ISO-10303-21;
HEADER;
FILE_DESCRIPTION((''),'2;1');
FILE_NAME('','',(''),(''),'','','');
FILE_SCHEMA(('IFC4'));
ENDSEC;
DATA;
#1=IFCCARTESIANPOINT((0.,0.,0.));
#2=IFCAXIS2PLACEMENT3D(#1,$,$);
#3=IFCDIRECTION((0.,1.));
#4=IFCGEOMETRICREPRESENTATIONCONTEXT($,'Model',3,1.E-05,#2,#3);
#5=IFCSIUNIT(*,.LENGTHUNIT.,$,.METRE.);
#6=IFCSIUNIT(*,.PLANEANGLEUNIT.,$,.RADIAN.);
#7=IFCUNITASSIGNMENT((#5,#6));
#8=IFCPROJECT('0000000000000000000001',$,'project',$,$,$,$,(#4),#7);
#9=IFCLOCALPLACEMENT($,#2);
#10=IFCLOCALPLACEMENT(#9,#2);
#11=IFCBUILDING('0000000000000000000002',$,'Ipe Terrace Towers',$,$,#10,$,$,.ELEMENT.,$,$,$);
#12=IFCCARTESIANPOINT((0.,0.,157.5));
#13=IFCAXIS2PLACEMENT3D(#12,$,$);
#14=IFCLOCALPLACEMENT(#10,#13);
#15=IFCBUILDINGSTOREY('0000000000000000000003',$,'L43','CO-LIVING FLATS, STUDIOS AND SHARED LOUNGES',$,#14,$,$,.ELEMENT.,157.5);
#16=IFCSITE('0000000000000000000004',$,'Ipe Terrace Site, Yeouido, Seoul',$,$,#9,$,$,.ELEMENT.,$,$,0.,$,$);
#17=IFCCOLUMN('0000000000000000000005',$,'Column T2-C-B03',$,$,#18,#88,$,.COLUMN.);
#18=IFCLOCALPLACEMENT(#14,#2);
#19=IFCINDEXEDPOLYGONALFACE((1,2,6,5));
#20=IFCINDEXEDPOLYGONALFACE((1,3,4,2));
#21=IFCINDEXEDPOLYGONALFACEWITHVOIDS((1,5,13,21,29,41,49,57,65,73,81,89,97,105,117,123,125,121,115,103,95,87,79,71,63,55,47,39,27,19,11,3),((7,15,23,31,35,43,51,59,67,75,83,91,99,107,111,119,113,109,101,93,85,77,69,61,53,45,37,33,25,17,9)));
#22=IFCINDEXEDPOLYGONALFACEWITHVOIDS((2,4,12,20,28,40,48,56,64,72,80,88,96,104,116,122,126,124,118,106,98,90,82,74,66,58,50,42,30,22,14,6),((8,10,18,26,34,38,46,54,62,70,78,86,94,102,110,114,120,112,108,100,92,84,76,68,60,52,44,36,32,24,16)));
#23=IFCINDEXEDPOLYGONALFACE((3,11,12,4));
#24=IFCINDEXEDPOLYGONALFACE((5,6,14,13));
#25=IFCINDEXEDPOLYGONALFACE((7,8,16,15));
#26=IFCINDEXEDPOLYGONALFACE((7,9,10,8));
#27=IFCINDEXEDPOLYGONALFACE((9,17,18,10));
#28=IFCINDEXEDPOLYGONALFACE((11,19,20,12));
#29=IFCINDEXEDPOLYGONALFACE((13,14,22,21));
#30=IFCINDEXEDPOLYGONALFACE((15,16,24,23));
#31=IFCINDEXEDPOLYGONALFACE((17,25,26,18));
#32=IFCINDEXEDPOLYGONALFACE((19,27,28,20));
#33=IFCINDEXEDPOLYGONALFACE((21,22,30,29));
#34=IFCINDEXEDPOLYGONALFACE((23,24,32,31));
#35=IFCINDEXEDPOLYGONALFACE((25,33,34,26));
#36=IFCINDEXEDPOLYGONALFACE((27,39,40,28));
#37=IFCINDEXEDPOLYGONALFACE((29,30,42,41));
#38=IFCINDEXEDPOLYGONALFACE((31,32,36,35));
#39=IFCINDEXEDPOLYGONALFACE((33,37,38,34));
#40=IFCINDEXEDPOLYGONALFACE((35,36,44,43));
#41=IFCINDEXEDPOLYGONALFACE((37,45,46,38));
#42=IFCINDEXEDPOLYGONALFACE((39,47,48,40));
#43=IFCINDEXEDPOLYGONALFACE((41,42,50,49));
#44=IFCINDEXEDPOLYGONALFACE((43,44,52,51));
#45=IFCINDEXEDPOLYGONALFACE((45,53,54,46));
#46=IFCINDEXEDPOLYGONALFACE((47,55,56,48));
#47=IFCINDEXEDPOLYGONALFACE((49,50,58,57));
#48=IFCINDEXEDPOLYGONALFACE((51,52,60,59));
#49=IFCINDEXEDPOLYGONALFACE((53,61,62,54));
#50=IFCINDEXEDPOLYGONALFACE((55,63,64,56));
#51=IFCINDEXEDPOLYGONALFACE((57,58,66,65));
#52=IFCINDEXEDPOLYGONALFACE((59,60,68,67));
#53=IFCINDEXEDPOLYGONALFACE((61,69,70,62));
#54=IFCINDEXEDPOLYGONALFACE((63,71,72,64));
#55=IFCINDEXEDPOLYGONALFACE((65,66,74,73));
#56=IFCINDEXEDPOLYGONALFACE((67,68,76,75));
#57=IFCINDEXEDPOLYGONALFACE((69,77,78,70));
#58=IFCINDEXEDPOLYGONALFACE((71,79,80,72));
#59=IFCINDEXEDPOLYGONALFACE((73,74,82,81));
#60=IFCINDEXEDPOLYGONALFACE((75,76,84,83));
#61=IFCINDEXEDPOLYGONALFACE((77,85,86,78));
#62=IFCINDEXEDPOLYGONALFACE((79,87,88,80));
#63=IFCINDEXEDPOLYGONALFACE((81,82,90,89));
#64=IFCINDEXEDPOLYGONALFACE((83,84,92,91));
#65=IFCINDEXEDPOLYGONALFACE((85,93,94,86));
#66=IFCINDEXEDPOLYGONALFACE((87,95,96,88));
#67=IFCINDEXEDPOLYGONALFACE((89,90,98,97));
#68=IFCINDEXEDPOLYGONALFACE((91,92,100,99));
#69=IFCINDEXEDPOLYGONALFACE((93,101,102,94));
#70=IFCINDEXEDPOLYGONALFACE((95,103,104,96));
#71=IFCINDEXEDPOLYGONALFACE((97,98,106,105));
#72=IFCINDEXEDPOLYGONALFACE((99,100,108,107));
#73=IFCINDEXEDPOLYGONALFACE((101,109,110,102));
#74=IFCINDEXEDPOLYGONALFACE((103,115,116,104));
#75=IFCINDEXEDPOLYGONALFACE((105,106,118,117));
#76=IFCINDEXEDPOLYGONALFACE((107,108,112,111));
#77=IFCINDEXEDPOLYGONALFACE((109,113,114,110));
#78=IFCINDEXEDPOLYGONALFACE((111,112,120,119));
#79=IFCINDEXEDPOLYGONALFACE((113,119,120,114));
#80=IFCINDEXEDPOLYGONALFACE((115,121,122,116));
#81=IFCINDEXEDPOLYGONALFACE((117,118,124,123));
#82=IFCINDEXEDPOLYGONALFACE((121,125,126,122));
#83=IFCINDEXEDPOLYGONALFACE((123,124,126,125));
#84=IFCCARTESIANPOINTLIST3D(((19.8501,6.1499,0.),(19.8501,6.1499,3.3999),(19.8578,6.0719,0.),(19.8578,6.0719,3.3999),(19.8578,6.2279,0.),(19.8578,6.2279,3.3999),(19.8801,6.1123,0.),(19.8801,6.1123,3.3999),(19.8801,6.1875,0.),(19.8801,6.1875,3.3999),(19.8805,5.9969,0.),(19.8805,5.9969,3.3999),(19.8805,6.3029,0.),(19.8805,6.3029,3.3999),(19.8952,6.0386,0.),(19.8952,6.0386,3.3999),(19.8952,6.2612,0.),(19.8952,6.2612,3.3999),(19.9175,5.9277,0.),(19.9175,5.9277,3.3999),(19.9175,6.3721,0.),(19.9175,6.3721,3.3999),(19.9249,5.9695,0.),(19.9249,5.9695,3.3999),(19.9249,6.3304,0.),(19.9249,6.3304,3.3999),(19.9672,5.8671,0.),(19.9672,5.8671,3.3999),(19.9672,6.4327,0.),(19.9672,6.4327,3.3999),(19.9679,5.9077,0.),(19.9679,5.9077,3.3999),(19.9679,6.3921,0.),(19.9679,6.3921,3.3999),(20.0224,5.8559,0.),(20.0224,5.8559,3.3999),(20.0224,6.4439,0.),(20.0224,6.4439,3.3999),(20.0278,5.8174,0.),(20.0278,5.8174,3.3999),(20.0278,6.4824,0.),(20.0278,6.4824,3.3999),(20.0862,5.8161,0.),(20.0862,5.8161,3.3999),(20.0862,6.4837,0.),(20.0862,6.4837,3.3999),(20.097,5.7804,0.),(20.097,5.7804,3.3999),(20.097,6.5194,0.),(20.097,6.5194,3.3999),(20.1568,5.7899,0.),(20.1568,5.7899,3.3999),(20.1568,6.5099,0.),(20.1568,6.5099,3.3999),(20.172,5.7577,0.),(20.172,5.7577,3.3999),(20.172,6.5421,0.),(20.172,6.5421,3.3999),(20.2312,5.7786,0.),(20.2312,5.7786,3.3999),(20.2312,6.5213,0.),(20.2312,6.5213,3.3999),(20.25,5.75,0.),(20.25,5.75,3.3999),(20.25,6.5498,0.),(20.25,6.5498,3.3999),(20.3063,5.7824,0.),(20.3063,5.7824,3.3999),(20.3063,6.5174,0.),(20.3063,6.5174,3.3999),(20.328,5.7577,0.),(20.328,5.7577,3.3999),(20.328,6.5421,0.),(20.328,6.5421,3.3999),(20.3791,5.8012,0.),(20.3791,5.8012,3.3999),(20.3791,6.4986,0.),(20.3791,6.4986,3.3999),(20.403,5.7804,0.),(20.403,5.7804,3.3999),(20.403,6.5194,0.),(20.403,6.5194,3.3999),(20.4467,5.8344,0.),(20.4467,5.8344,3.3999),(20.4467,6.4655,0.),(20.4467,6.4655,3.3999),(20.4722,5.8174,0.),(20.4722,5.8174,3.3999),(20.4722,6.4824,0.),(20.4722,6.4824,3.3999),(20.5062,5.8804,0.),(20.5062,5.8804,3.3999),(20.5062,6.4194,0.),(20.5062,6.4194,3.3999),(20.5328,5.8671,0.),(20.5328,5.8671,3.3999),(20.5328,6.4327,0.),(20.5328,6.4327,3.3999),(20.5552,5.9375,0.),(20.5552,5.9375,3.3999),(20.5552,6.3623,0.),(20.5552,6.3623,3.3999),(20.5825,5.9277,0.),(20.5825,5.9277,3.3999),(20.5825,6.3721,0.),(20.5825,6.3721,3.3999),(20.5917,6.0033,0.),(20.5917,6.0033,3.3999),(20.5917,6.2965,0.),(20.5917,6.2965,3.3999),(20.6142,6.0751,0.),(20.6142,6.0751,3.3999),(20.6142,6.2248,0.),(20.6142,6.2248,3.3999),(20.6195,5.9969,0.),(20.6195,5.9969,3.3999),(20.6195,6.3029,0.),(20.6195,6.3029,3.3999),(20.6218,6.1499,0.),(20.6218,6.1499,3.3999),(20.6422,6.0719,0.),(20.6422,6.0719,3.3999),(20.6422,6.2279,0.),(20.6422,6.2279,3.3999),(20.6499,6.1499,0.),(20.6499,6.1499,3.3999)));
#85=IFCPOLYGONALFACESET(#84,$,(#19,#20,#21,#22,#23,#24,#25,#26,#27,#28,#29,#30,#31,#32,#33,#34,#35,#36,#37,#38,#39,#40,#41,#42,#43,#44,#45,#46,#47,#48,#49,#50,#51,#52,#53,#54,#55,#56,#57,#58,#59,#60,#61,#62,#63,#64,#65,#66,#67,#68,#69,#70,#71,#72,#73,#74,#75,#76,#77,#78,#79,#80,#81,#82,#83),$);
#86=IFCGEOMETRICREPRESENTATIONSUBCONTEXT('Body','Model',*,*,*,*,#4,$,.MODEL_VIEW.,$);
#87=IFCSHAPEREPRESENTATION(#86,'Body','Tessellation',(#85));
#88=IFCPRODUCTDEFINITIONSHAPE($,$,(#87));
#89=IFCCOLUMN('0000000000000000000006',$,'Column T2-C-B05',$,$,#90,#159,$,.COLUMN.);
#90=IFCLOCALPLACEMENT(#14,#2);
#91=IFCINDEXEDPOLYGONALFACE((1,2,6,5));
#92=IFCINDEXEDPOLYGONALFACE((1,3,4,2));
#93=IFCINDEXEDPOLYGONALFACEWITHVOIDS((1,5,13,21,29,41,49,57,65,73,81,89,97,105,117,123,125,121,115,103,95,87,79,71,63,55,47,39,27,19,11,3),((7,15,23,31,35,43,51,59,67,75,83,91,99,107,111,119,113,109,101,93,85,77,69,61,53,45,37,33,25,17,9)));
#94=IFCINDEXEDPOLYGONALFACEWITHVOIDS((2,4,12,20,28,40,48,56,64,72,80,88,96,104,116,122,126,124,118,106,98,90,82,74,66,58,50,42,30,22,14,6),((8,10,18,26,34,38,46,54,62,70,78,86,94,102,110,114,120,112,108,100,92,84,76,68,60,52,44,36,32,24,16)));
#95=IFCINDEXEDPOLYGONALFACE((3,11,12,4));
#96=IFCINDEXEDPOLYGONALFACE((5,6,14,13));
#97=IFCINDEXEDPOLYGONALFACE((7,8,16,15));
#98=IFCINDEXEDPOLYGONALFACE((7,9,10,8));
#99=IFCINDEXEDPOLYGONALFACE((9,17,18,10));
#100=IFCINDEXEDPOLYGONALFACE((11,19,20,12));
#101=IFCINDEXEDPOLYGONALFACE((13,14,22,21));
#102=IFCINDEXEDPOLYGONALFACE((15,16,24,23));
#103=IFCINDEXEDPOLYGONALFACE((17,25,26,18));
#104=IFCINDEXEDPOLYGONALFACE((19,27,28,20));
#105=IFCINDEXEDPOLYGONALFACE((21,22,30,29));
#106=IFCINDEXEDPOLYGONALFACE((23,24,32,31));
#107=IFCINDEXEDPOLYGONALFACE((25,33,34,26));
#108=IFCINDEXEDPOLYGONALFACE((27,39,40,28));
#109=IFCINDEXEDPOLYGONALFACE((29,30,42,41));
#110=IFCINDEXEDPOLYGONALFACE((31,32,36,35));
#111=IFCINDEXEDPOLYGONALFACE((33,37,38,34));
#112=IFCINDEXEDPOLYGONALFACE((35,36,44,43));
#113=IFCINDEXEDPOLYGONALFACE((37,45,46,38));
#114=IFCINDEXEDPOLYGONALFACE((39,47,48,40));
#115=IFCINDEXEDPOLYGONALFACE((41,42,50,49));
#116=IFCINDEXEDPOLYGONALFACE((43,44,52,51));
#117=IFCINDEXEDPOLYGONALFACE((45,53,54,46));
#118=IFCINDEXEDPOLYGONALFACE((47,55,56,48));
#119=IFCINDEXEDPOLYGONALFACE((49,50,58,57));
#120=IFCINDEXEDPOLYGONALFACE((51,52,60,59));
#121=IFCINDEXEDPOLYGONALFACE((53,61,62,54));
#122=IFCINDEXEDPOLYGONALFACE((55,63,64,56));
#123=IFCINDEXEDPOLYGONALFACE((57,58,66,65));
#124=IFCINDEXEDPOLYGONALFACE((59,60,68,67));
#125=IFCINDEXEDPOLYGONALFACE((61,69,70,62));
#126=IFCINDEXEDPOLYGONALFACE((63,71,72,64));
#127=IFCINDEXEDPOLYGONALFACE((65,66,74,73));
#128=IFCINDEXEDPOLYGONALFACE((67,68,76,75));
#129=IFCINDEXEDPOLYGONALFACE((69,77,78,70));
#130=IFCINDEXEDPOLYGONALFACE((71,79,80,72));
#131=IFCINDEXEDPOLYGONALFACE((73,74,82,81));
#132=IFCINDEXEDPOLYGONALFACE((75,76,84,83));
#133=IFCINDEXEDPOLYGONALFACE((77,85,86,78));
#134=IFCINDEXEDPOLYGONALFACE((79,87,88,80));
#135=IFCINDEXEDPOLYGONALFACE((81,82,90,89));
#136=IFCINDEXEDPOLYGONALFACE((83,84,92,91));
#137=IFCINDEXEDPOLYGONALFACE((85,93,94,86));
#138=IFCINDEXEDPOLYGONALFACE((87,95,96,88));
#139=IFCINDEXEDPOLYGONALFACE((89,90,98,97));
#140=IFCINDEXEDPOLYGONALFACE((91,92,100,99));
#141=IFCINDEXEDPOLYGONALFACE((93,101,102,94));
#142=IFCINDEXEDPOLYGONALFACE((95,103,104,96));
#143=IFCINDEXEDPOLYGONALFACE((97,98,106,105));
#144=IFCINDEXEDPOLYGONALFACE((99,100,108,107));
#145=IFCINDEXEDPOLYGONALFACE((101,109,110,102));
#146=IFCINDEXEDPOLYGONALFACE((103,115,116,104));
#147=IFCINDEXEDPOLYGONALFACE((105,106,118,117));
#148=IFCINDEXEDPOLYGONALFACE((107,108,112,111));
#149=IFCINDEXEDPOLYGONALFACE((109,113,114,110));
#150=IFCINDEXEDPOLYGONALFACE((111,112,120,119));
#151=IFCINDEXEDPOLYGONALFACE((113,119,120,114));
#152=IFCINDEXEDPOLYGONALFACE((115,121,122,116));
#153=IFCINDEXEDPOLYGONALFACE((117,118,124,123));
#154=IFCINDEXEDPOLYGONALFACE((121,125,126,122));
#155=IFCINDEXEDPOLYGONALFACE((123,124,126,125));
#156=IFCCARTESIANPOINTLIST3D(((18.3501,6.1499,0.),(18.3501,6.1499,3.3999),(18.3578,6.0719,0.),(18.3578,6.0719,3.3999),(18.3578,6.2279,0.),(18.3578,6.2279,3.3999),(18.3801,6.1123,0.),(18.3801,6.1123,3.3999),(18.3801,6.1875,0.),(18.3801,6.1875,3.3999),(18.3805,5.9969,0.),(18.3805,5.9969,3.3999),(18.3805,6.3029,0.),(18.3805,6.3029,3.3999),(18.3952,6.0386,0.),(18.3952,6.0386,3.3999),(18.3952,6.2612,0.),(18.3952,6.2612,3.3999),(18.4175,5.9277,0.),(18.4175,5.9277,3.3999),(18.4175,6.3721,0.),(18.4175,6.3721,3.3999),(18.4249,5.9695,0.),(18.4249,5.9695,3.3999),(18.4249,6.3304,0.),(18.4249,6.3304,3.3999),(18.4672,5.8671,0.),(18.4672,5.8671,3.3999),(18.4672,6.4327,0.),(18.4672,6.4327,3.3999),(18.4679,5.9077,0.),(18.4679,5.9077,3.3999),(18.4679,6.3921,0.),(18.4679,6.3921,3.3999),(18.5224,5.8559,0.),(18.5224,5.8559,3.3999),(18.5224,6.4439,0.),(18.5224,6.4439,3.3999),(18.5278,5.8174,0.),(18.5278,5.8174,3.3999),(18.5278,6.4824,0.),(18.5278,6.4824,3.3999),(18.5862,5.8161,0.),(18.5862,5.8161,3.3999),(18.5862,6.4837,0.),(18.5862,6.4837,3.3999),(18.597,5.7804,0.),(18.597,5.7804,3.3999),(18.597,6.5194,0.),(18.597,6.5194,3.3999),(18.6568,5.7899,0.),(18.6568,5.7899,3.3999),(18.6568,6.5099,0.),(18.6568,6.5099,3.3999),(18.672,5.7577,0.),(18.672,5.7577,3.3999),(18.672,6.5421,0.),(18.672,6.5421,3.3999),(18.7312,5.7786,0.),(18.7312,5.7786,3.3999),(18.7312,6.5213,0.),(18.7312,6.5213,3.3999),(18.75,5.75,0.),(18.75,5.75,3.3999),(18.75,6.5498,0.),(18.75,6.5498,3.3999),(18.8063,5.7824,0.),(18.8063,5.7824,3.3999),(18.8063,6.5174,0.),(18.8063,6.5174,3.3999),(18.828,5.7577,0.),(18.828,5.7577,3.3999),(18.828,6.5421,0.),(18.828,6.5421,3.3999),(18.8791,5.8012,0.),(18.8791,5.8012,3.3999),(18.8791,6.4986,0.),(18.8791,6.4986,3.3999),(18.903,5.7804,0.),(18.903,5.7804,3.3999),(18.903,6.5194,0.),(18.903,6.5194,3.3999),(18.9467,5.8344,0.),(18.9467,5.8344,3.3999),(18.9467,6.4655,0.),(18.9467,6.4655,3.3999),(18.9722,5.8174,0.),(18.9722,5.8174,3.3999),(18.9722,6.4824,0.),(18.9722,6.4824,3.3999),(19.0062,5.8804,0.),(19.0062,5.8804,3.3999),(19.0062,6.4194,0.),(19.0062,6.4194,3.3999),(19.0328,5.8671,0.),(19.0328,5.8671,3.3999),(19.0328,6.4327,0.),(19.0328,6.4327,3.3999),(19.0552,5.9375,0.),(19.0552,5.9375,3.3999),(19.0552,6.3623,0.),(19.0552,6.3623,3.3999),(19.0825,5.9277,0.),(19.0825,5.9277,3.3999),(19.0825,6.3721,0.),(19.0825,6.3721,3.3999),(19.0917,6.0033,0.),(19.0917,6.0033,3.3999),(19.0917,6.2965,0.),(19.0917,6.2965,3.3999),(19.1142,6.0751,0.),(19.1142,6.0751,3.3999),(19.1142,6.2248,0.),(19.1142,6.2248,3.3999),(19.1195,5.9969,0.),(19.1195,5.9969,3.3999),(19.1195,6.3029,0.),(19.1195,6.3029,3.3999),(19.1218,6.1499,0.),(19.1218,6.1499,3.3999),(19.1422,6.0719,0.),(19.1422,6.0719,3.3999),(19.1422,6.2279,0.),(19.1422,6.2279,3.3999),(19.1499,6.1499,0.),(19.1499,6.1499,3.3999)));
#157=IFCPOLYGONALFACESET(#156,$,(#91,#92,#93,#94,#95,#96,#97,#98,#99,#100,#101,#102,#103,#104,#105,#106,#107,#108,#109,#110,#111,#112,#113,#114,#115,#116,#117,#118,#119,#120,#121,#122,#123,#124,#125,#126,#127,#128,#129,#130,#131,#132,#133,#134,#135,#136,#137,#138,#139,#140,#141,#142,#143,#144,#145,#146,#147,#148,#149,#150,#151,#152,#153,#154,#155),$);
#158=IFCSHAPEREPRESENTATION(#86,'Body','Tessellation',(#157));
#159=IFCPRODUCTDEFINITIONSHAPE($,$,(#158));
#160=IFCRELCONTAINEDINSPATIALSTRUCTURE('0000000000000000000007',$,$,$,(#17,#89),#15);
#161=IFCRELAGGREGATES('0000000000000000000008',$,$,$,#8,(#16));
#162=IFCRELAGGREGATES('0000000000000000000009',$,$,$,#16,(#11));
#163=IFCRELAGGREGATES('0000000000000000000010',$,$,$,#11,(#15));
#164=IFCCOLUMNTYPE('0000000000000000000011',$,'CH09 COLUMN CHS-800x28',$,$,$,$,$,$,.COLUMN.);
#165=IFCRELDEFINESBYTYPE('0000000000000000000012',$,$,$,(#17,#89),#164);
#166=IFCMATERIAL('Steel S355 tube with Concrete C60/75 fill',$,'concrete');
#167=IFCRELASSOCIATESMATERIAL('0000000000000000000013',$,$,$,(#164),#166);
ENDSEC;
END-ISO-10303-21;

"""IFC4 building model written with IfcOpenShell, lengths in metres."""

from ifc_helpers import new_model, si_unit, direction, frame, origin, origin_2d, place, context, subcontext, project, spatial, hollow_circle, extrude, material, material_profile, profile_set, type_object, element, save


model = new_model("IFC4")

# Units and contexts
model_context = context("Model", 3, precision=1e-05, world=origin(), true_north=direction((0.0, 1.0)))
body_context = subcontext(model_context, "Body", "Model", "MODEL_VIEW")
ifc_project = project(units=[si_unit("LENGTHUNIT", "METRE"), si_unit("PLANEANGLEUNIT", "RADIAN")], contexts=[model_context])

# Site, building, storey
site_placement = place(None, origin())
site = spatial("IfcSite", under=ifc_project, at=site_placement, Name="Ipe Terrace Site, Yeouido, Seoul", CompositionType="ELEMENT", RefElevation=0.0)
building_placement = place(site_placement, origin())
building = spatial("IfcBuilding", under=site, at=building_placement, Name="Ipe Terrace Towers", CompositionType="ELEMENT")
storey_placement = place(building_placement, frame((0.0, 0.0, 157.5)))
storey = spatial("IfcBuildingStorey", under=building, at=storey_placement, Name="L43", Description="CO-LIVING FLATS, STUDIOS AND SHARED LOUNGES", CompositionType="ELEMENT", Elevation=157.5)

# Columns
ifc_material_1 = material(Name="Steel S355 tube with Concrete C60/75 fill", Category="concrete")
ifc_material_profile_1 = material_profile(ifc_material_1, hollow_circle(Radius=0.3999, WallThickness=0.0281, at=origin_2d()), Name="CHS-800x28")
ifc_profile_set_1 = profile_set([ifc_material_profile_1], Name="Steel S355 tube with Concrete C60/75 fill")
column_type_1 = type_object("IfcColumnType", Name="CH09 COLUMN CHS-800x28", PredefinedType="COLUMN", material=ifc_profile_set_1)
for number, where, z_axis, x_axis, name in (
    (1, (20.25, 6.1499, 0.0), (0.0, 0.0, 1.0), (1.0, 0.0, 0.0), "Column T2-C-B03"),
    (2, (18.75, 6.1499, 0.0), (0.0, 0.0, 1.0), (1.0, 0.0, 0.0), "Column T2-C-B05"),
):
    element("IfcColumn", number, at=place(storey_placement, frame(where, z_axis=z_axis, x_axis=x_axis)), inside=storey, type_object=column_type_1, Name=name, PredefinedType="COLUMN", context=body_context, shape_type="SweptSolid", body=[
        extrude(hollow_circle(Radius=0.3999, WallThickness=0.0281, at=origin_2d()), origin(), (0.0, 0.0, 1.0), 3.3999),
    ])

save(model, "model.ifc")
